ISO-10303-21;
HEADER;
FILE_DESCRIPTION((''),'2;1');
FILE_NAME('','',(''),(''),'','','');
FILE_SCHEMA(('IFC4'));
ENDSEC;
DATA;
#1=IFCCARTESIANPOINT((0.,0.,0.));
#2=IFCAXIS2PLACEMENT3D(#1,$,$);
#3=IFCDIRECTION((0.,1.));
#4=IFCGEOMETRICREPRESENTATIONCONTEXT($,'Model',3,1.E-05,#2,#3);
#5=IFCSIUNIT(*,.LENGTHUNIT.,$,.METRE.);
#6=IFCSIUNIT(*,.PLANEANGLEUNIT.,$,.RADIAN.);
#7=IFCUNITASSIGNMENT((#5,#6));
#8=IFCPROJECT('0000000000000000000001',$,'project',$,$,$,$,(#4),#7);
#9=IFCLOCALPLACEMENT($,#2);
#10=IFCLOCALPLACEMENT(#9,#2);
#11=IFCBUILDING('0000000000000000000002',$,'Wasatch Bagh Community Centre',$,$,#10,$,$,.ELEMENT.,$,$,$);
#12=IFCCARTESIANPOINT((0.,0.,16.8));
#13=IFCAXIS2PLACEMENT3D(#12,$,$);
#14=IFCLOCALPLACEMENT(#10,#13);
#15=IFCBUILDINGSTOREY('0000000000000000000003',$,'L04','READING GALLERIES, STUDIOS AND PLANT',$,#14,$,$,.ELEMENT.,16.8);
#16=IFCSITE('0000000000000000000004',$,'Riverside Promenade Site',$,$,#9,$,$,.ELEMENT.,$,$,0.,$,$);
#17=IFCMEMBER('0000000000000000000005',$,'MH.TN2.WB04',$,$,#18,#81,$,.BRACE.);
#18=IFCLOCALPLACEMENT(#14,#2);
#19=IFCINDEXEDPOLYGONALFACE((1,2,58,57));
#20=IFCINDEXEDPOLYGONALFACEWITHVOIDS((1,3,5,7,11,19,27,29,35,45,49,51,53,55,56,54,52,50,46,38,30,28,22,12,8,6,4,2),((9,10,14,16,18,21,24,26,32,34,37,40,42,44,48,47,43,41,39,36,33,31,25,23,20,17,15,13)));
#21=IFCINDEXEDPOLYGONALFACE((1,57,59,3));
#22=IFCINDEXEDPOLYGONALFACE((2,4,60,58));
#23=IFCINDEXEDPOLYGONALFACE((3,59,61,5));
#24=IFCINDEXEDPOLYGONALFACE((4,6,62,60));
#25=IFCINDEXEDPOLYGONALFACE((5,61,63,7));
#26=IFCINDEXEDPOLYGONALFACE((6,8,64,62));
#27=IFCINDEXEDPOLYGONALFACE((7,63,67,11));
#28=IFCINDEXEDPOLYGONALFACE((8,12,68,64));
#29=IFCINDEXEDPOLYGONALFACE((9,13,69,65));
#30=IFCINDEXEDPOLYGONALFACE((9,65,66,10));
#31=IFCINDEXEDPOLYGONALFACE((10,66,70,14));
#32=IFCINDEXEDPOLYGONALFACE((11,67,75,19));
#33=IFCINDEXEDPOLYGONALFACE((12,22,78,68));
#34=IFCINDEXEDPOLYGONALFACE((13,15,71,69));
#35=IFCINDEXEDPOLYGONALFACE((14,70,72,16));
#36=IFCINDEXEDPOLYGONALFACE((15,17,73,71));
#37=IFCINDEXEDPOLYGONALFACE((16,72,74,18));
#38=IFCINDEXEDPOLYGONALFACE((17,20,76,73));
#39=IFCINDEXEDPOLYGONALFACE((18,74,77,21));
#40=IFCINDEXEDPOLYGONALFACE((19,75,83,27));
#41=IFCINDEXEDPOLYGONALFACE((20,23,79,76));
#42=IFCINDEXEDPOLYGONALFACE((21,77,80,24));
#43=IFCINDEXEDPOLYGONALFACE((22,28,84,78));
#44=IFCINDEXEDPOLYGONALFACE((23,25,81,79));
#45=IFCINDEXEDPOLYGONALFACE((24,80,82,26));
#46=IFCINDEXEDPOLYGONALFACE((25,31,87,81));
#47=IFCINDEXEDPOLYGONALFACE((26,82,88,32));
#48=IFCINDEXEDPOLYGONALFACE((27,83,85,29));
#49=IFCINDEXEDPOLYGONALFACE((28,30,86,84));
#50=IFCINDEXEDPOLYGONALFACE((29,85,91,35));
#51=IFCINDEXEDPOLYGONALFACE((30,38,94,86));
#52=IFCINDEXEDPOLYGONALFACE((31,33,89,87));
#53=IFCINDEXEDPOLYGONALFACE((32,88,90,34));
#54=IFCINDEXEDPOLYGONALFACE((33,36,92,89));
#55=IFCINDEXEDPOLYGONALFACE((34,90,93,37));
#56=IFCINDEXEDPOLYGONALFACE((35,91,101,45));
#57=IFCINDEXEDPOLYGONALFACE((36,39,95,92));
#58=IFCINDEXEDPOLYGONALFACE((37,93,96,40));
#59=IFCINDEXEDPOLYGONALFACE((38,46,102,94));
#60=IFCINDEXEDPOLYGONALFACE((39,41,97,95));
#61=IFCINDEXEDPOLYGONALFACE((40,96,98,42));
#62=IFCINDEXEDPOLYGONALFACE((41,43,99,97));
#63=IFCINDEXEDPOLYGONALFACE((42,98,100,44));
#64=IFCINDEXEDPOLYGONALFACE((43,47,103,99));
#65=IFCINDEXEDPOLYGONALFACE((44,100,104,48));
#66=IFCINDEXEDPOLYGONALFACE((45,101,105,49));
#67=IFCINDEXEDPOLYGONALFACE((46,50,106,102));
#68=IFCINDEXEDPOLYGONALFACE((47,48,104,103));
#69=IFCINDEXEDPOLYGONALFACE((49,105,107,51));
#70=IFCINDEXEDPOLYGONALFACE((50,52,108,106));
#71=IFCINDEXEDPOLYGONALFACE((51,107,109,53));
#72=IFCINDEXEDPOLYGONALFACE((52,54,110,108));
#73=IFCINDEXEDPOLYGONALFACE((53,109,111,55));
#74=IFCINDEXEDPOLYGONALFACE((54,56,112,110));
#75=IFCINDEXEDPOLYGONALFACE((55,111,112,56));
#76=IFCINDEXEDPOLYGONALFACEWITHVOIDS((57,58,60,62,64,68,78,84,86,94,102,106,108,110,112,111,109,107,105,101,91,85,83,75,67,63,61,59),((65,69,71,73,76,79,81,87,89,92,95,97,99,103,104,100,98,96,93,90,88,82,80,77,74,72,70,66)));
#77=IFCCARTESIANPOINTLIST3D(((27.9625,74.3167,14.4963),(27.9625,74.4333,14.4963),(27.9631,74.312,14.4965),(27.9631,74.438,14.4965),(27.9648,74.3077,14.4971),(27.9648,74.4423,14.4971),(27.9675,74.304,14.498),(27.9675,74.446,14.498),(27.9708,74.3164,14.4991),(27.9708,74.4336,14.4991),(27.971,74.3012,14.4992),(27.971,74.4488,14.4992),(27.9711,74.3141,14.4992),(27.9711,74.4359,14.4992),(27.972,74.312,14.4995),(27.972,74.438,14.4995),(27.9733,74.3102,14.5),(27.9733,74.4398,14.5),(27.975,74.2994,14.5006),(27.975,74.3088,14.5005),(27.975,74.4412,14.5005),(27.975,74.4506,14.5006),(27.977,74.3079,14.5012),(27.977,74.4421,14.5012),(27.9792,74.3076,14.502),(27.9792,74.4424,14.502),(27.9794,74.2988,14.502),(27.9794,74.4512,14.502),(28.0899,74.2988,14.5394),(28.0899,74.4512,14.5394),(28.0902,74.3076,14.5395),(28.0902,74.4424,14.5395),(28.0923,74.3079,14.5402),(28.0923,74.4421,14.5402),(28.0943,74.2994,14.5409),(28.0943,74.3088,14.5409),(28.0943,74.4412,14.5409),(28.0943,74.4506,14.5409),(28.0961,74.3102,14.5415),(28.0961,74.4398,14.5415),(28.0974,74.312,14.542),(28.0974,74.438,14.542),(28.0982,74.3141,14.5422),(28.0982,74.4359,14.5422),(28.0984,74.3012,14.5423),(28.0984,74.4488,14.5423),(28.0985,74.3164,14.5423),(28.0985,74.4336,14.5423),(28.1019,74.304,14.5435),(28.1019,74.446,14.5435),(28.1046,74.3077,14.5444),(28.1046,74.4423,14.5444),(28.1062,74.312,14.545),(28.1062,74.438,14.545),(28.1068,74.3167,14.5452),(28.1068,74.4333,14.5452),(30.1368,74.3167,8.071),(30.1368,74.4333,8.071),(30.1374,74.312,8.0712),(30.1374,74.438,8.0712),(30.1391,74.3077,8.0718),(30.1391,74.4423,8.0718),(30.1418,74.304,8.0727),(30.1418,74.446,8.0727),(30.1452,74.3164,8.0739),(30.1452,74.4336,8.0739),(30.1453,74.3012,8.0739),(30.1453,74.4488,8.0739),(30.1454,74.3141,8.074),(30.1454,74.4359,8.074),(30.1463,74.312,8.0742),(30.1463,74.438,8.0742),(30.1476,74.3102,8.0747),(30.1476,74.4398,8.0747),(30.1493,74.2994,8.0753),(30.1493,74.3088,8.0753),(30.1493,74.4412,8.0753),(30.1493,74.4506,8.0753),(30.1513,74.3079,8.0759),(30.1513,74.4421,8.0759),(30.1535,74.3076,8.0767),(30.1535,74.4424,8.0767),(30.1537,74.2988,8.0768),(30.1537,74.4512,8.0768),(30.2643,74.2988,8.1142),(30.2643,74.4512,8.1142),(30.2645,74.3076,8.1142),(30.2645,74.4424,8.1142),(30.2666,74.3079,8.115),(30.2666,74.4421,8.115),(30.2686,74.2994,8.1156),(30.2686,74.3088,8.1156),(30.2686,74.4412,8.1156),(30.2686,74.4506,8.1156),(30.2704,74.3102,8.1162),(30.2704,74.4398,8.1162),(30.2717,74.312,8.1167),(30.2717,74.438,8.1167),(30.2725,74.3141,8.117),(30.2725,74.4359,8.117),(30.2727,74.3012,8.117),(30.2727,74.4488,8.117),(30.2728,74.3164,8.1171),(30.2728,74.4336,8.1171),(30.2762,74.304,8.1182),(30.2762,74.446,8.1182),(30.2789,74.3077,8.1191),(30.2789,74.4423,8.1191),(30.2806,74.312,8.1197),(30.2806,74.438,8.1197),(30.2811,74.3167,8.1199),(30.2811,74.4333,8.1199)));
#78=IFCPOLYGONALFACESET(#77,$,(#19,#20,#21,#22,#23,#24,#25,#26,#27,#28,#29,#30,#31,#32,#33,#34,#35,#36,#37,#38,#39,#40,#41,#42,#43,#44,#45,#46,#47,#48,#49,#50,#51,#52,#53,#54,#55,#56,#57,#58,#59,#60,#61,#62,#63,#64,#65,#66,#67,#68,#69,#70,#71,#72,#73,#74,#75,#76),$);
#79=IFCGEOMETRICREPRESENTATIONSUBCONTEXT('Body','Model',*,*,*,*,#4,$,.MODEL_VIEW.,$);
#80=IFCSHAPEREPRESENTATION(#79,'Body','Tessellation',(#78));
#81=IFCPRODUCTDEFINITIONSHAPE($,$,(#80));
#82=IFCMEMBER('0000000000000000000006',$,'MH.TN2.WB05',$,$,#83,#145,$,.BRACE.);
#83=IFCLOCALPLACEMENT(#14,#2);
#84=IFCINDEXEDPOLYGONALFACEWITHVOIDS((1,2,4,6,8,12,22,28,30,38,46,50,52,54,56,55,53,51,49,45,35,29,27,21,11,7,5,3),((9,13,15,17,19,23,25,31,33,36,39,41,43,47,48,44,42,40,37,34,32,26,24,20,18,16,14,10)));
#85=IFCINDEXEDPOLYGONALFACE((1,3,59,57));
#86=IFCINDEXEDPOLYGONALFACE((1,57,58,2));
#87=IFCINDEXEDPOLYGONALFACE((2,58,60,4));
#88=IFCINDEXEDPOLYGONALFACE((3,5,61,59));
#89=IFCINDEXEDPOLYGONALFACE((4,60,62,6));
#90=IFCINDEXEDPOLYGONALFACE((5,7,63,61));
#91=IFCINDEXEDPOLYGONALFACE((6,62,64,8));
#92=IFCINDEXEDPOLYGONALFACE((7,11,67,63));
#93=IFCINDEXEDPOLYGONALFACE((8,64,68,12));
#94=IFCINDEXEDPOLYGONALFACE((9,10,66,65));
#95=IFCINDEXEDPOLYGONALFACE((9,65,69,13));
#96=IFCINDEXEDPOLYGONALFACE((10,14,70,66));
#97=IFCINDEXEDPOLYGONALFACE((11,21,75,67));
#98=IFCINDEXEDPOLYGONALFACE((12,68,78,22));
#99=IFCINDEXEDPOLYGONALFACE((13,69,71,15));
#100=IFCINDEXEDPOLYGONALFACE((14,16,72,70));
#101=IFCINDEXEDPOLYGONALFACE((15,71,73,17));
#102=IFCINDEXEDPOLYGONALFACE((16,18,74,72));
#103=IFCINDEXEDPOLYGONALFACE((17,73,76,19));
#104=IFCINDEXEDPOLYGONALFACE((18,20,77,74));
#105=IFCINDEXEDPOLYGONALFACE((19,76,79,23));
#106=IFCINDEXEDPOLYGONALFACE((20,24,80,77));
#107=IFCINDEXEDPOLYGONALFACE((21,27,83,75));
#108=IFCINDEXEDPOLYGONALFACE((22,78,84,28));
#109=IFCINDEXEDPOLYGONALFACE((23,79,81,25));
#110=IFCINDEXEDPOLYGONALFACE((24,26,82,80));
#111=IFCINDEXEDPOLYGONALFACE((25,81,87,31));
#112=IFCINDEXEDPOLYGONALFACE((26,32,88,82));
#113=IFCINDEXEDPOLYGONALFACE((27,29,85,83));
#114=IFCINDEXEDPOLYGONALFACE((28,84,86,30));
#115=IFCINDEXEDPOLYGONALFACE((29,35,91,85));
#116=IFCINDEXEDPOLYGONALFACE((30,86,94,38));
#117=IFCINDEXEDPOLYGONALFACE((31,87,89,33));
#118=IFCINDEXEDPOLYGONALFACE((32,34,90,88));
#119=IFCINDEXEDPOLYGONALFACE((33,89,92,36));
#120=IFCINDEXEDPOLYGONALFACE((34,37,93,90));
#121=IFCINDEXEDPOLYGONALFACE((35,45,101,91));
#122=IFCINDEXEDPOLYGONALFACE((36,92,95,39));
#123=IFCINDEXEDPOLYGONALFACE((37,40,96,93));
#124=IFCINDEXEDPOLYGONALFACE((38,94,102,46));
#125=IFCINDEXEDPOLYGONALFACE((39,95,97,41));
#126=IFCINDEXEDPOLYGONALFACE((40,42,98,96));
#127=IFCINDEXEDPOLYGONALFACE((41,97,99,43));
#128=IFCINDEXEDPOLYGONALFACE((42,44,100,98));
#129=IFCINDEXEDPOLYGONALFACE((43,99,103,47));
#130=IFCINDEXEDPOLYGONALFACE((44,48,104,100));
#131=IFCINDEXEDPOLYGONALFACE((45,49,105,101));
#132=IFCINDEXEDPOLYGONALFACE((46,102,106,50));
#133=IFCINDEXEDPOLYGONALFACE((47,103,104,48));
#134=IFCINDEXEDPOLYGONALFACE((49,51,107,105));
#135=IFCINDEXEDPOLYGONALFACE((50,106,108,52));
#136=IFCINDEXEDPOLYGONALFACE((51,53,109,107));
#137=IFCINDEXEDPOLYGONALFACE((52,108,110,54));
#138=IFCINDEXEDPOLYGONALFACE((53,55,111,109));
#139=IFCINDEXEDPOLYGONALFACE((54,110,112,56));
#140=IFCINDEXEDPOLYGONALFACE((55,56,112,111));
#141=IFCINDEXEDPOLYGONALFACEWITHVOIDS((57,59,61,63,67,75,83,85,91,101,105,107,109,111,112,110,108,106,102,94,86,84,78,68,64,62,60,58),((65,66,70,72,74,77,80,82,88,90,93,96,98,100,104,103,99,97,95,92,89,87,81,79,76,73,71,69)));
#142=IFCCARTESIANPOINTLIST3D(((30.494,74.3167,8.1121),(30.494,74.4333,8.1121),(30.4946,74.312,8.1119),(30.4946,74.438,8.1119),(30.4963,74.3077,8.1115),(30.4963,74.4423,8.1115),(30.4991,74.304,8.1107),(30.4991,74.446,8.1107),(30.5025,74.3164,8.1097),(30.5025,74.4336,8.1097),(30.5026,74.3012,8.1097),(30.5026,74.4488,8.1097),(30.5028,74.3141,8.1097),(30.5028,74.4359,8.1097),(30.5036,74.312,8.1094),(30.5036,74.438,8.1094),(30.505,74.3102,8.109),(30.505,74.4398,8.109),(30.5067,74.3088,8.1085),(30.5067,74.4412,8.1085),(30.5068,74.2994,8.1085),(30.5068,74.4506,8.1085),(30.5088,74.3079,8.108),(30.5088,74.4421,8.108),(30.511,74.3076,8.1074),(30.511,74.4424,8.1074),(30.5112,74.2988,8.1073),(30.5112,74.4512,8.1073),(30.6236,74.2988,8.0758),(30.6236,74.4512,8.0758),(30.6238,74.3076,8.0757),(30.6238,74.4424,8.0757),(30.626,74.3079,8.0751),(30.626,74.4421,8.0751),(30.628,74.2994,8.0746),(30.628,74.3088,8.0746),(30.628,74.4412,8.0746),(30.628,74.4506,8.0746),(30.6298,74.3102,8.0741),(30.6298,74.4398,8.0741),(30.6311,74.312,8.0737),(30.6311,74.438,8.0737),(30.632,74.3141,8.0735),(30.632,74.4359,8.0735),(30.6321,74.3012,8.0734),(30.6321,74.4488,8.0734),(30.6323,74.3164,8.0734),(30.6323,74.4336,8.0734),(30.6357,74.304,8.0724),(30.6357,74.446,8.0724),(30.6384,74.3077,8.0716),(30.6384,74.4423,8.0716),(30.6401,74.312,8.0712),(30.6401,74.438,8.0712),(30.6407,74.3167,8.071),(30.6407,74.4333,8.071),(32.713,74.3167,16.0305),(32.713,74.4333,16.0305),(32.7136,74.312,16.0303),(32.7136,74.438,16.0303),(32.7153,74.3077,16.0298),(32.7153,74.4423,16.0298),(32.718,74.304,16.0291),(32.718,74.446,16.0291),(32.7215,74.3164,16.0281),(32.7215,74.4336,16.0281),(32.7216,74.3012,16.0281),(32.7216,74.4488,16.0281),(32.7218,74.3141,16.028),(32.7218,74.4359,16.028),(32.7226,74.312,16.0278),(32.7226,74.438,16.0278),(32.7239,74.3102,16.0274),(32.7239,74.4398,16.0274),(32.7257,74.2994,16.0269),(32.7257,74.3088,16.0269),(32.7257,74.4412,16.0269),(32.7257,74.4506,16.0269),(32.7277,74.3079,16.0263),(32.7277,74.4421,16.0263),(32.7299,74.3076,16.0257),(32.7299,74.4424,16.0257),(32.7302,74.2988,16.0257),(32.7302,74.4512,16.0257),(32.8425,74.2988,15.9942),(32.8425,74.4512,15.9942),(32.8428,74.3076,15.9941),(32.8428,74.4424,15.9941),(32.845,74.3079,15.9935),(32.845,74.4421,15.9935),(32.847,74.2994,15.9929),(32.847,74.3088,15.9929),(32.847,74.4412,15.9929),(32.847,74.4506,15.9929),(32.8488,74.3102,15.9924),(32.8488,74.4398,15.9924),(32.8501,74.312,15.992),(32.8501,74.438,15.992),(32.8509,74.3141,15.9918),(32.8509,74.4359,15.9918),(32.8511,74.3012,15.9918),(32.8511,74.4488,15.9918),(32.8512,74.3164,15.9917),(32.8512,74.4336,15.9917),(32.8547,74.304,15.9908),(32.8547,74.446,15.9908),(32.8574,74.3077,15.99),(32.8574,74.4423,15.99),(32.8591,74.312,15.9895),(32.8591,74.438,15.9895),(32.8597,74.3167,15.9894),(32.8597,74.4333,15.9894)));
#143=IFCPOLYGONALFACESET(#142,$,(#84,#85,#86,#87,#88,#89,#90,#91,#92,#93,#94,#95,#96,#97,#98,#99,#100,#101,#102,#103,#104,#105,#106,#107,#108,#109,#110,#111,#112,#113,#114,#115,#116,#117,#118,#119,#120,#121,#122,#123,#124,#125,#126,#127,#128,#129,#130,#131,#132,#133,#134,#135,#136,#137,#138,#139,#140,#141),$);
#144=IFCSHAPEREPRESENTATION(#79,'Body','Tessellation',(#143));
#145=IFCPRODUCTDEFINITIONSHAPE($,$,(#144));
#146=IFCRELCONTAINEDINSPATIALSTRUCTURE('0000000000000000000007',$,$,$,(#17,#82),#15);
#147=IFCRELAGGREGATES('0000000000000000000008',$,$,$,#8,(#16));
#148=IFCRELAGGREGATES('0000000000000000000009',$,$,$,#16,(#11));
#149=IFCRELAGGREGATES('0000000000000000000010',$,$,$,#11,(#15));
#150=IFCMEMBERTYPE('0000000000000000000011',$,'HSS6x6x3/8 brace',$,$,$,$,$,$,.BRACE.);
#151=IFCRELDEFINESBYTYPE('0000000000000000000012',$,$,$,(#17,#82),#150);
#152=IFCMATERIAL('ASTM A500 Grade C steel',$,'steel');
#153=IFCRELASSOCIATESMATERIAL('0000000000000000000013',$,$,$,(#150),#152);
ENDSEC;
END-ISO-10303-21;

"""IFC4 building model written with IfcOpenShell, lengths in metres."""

from ifc_helpers import new_model, si_unit, direction, frame, origin, origin_2d, place, context, subcontext, project, spatial, hollow_rectangle, extrude, material, material_profile, profile_set, type_object, element, save


model = new_model("IFC4")

# Units and contexts
model_context = context("Model", 3, precision=1e-05, world=origin(), true_north=direction((0.0, 1.0)))
body_context = subcontext(model_context, "Body", "Model", "MODEL_VIEW")
ifc_project = project(units=[si_unit("LENGTHUNIT", "METRE"), si_unit("PLANEANGLEUNIT", "RADIAN")], contexts=[model_context])

# Site, building, storey
site_placement = place(None, origin())
site = spatial("IfcSite", under=ifc_project, at=site_placement, Name="Riverside Promenade Site", CompositionType="ELEMENT", RefElevation=0.0)
building_placement = place(site_placement, origin())
building = spatial("IfcBuilding", under=site, at=building_placement, Name="Wasatch Bagh Community Centre", CompositionType="ELEMENT")
storey_placement = place(building_placement, frame((0.0, 0.0, 16.8)))
storey = spatial("IfcBuildingStorey", under=building, at=storey_placement, Name="L04", Description="READING GALLERIES, STUDIOS AND PLANT", CompositionType="ELEMENT", Elevation=16.8)

# Members
ifc_material_1 = material(Name="ASTM A500 Grade C steel", Category="steel")
ifc_material_profile_1 = material_profile(ifc_material_1, hollow_rectangle(XDim=0.1523, YDim=0.1523, WallThickness=0.0088, InnerFilletRadius=0.0088, OuterFilletRadius=0.0178, at=origin_2d()), Name="HSS6x6x3/8")
ifc_profile_set_1 = profile_set([ifc_material_profile_1], Name="ASTM A500 Grade C steel")
member_type_1 = type_object("IfcMemberType", Name="HSS6x6x3/8 brace", PredefinedType="BRACE", material=ifc_profile_set_1)
member_1_placement = place(storey_placement, frame((30.209, 74.375, 8.0955), z_axis=(-0.320544, 0.0, 0.947234), x_axis=(0.0, -1.0, 0.0)))
element("IfcMember", 1, at=member_1_placement, inside=storey, type_object=member_type_1, Name="MH.TN2.WB04", PredefinedType="BRACE", context=body_context, shape_type="SweptSolid", body=[
    extrude(hollow_rectangle(XDim=0.1523, YDim=0.1523, WallThickness=0.0088, InnerFilletRadius=0.0088, OuterFilletRadius=0.0178, at=origin_2d()), origin(), (0.0, 0.0, 1.0), 6.7832),
])
member_2_placement = place(storey_placement, frame((30.5674, 74.375, 8.0916), z_axis=(0.269836, 0.0, 0.962906), x_axis=(0.0, 1.0, 0.0)))
element("IfcMember", 2, at=member_2_placement, inside=storey, type_object=member_type_1, Name="MH.TN2.WB05", PredefinedType="BRACE", context=body_context, shape_type="SweptSolid", body=[
    extrude(hollow_rectangle(XDim=0.1523, YDim=0.1523, WallThickness=0.0088, InnerFilletRadius=0.0088, OuterFilletRadius=0.0178, at=origin_2d()), origin(), (0.0, 0.0, 1.0), 8.2234),
])

save(model, "model.ifc")
